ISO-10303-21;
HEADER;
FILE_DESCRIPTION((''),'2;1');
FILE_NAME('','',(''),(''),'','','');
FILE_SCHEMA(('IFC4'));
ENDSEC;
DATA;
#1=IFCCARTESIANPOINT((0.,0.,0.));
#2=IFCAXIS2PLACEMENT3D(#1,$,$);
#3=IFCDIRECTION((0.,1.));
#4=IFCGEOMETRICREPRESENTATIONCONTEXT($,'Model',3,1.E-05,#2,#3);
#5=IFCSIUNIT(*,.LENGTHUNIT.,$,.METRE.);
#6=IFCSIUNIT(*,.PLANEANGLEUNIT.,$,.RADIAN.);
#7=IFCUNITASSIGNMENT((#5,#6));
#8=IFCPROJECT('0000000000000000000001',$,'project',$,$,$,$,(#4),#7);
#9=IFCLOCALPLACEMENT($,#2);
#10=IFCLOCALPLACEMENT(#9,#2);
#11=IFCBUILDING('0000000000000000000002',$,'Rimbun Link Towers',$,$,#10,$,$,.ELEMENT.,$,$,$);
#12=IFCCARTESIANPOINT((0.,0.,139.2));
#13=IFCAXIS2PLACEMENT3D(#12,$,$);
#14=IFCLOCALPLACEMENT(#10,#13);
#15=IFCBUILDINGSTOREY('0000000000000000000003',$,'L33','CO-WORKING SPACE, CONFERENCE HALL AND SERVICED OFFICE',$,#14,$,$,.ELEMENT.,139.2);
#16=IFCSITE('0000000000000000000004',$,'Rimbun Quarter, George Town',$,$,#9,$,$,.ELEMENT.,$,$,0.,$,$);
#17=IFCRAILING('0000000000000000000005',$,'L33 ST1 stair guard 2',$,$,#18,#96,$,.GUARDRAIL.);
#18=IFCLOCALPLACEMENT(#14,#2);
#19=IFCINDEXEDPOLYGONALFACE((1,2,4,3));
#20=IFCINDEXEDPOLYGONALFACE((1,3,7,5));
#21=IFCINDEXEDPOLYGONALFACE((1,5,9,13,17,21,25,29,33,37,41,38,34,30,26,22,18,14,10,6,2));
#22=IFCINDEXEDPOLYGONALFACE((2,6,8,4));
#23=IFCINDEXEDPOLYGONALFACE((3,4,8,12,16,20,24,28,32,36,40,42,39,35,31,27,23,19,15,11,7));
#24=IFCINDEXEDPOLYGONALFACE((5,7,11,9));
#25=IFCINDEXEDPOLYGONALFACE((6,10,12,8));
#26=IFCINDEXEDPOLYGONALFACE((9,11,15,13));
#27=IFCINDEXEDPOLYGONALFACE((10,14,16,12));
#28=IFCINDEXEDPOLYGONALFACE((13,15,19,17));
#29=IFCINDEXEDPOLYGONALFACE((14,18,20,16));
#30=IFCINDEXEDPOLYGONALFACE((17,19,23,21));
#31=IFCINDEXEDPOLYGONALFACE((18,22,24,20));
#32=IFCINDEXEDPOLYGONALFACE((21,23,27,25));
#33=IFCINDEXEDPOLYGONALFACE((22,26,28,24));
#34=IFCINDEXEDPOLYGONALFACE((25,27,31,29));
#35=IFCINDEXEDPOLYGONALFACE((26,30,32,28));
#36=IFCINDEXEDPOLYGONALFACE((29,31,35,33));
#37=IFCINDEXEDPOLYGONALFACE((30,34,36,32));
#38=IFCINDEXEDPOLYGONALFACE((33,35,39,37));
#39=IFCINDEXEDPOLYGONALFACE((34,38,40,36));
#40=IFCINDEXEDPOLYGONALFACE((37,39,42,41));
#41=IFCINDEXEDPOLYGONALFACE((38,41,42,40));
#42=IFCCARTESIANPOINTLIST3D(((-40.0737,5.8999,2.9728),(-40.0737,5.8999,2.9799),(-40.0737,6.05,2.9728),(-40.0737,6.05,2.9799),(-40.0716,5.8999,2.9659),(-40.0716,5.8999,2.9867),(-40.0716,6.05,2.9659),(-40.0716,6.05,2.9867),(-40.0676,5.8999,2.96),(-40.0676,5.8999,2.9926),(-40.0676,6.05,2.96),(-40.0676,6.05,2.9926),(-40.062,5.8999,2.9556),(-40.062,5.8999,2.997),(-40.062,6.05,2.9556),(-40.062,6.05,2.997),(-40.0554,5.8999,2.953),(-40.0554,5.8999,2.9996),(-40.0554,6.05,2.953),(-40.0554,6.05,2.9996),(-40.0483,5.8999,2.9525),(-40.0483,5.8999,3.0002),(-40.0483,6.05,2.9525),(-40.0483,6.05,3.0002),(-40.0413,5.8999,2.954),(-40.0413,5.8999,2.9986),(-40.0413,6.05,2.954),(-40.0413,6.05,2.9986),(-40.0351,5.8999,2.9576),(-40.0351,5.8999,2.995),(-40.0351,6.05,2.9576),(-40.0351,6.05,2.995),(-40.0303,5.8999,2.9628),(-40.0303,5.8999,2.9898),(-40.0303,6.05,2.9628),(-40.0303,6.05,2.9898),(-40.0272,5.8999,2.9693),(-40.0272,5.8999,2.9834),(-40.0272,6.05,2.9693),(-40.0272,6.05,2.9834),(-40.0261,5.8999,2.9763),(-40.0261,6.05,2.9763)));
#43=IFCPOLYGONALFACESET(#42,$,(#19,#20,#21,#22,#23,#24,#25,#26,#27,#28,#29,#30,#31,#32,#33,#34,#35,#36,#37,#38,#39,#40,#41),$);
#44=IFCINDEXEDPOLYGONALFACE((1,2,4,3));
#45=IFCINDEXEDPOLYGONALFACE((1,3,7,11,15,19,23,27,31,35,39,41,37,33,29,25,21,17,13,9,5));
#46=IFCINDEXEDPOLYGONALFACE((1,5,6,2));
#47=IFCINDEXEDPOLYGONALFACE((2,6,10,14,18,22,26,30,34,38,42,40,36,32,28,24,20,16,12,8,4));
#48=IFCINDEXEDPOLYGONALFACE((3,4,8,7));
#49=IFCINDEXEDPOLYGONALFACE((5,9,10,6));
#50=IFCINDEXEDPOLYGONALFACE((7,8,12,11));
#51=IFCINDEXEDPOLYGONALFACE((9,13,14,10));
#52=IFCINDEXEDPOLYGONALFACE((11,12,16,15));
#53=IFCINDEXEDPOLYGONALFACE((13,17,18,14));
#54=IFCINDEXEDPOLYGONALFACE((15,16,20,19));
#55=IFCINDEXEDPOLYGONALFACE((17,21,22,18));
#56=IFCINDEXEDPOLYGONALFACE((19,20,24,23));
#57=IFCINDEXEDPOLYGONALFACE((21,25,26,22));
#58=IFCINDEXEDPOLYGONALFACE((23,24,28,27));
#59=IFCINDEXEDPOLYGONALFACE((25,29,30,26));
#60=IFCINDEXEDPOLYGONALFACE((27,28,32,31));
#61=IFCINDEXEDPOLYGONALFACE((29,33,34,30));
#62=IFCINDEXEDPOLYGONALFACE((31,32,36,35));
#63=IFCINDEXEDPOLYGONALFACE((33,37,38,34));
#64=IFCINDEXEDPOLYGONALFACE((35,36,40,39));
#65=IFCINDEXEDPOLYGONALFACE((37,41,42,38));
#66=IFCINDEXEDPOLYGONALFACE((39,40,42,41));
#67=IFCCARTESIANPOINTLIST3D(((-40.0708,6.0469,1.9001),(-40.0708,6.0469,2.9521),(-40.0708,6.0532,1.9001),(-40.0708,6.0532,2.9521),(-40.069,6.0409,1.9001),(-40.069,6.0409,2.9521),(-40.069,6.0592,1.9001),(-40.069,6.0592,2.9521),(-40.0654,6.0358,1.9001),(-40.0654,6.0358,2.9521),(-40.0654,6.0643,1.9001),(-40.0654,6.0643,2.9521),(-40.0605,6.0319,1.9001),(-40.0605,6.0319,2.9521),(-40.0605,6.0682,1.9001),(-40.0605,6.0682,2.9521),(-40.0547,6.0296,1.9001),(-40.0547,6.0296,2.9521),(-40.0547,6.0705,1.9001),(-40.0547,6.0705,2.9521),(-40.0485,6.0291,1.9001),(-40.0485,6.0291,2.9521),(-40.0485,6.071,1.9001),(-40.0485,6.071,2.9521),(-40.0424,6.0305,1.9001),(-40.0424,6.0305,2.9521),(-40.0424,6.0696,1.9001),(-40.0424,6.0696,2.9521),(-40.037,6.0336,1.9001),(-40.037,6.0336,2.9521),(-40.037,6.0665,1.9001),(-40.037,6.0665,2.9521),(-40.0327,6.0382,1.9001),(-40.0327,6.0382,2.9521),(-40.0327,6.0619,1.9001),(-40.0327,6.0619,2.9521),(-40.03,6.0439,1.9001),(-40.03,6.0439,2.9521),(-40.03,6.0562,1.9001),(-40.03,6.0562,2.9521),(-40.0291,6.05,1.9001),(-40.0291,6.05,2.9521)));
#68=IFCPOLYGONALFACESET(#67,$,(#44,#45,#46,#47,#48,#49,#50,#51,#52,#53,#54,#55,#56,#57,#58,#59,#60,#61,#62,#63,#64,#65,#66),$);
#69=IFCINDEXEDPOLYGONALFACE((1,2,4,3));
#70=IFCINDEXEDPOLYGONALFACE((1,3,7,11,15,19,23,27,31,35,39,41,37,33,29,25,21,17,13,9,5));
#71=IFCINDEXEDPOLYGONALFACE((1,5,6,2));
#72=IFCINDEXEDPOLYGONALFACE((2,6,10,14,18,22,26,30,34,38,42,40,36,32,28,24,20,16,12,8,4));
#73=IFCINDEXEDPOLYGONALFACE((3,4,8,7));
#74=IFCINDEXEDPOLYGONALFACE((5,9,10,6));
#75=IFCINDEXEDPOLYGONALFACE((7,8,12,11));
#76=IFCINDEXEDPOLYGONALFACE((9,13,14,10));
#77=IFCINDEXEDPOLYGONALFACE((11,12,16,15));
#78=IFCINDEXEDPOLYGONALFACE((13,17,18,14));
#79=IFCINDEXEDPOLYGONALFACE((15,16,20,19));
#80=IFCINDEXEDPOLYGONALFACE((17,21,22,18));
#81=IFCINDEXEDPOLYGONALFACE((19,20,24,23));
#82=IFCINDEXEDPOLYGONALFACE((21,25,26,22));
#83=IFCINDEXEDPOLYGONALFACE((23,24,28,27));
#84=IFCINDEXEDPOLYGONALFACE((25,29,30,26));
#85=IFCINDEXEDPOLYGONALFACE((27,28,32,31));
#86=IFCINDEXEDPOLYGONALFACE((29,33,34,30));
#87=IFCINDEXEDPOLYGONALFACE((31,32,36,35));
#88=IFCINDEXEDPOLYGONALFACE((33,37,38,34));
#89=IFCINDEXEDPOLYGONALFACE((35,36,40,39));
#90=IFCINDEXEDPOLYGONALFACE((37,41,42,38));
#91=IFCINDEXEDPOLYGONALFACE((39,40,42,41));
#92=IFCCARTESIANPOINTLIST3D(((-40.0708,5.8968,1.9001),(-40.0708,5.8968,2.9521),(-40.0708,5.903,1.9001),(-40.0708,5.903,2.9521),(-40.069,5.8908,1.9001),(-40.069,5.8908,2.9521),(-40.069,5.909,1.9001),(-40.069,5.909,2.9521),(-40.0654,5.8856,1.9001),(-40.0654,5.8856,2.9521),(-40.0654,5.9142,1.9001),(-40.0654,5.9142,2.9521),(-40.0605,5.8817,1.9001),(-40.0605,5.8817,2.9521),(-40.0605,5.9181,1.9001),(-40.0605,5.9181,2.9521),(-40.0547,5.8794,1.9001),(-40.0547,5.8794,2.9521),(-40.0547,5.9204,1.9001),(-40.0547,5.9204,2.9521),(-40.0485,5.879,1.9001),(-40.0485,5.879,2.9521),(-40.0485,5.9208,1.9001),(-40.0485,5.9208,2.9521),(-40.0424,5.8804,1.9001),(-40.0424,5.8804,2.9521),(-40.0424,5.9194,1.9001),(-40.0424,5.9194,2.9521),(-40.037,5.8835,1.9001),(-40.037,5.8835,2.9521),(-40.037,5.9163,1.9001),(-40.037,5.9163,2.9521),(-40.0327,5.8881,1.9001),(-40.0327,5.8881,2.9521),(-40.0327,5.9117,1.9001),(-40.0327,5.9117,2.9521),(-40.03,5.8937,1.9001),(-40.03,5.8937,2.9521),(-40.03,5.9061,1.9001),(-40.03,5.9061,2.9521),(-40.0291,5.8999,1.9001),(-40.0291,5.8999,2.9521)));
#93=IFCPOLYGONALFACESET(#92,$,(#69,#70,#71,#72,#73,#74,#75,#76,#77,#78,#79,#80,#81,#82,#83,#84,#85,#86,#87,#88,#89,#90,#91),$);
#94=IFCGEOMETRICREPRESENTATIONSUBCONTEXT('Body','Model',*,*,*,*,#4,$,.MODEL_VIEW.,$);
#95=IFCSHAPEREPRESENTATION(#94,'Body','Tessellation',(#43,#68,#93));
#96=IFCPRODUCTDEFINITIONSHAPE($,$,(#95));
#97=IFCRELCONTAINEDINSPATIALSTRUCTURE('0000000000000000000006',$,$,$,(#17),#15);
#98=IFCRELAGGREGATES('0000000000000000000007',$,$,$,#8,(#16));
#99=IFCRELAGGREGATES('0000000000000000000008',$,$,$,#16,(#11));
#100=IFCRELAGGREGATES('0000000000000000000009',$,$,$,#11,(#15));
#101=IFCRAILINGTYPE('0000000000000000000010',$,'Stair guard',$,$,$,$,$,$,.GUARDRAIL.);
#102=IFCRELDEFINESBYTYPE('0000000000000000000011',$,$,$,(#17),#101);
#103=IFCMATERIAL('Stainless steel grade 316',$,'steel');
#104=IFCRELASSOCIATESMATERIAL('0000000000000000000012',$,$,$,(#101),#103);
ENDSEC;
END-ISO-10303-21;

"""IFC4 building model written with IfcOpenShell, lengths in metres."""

from ifc_helpers import new_model, si_unit, direction, frame, origin, origin_2d, place, context, subcontext, project, spatial, circle, extrude, material, type_object, element, save


model = new_model("IFC4")

# Units and contexts
model_context = context("Model", 3, precision=1e-05, world=origin(), true_north=direction((0.0, 1.0)))
body_context = subcontext(model_context, "Body", "Model", "MODEL_VIEW")
ifc_project = project(units=[si_unit("LENGTHUNIT", "METRE"), si_unit("PLANEANGLEUNIT", "RADIAN")], contexts=[model_context])

# Site, building, storey
site_placement = place(None, origin())
site = spatial("IfcSite", under=ifc_project, at=site_placement, Name="Rimbun Quarter, George Town", CompositionType="ELEMENT", RefElevation=0.0)
building_placement = place(site_placement, origin())
building = spatial("IfcBuilding", under=site, at=building_placement, Name="Rimbun Link Towers", CompositionType="ELEMENT")
storey_placement = place(building_placement, frame((0.0, 0.0, 139.2)))
storey = spatial("IfcBuildingStorey", under=building, at=storey_placement, Name="L33", Description="CO-WORKING SPACE, CONFERENCE HALL AND SERVICED OFFICE", CompositionType="ELEMENT", Elevation=139.2)

# Railing
ifc_material_1 = material(Name="Stainless steel grade 316", Category="steel")
railing_type_1 = type_object("IfcRailingType", Name="Stair guard", PredefinedType="GUARDRAIL", material=ifc_material_1)
railing_1_placement = place(storey_placement, frame((-40.05, 6.05, 1.9001)))
element("IfcRailing", 1, at=railing_1_placement, inside=storey, type_object=railing_type_1, Name="L33 ST1 stair guard 2", PredefinedType="GUARDRAIL", context=body_context, shape_type="SweptSolid", body=[
    extrude(circle(Radius=0.0239, at=origin_2d()), frame((0.0, 0.0, 1.0762), z_axis=(0.0, -1.0, 0.0), x_axis=(1.0, 0.0, 0.0)), (0.0, 0.0, 1.0), 0.1501),
    extrude(circle(Radius=0.021, at=origin_2d()), origin(), (0.0, 0.0, 1.0), 1.052),
    extrude(circle(Radius=0.021, at=origin_2d()), frame((0.0, -0.1501, 0.0)), (0.0, 0.0, 1.0), 1.052),
])

save(model, "model.ifc")
